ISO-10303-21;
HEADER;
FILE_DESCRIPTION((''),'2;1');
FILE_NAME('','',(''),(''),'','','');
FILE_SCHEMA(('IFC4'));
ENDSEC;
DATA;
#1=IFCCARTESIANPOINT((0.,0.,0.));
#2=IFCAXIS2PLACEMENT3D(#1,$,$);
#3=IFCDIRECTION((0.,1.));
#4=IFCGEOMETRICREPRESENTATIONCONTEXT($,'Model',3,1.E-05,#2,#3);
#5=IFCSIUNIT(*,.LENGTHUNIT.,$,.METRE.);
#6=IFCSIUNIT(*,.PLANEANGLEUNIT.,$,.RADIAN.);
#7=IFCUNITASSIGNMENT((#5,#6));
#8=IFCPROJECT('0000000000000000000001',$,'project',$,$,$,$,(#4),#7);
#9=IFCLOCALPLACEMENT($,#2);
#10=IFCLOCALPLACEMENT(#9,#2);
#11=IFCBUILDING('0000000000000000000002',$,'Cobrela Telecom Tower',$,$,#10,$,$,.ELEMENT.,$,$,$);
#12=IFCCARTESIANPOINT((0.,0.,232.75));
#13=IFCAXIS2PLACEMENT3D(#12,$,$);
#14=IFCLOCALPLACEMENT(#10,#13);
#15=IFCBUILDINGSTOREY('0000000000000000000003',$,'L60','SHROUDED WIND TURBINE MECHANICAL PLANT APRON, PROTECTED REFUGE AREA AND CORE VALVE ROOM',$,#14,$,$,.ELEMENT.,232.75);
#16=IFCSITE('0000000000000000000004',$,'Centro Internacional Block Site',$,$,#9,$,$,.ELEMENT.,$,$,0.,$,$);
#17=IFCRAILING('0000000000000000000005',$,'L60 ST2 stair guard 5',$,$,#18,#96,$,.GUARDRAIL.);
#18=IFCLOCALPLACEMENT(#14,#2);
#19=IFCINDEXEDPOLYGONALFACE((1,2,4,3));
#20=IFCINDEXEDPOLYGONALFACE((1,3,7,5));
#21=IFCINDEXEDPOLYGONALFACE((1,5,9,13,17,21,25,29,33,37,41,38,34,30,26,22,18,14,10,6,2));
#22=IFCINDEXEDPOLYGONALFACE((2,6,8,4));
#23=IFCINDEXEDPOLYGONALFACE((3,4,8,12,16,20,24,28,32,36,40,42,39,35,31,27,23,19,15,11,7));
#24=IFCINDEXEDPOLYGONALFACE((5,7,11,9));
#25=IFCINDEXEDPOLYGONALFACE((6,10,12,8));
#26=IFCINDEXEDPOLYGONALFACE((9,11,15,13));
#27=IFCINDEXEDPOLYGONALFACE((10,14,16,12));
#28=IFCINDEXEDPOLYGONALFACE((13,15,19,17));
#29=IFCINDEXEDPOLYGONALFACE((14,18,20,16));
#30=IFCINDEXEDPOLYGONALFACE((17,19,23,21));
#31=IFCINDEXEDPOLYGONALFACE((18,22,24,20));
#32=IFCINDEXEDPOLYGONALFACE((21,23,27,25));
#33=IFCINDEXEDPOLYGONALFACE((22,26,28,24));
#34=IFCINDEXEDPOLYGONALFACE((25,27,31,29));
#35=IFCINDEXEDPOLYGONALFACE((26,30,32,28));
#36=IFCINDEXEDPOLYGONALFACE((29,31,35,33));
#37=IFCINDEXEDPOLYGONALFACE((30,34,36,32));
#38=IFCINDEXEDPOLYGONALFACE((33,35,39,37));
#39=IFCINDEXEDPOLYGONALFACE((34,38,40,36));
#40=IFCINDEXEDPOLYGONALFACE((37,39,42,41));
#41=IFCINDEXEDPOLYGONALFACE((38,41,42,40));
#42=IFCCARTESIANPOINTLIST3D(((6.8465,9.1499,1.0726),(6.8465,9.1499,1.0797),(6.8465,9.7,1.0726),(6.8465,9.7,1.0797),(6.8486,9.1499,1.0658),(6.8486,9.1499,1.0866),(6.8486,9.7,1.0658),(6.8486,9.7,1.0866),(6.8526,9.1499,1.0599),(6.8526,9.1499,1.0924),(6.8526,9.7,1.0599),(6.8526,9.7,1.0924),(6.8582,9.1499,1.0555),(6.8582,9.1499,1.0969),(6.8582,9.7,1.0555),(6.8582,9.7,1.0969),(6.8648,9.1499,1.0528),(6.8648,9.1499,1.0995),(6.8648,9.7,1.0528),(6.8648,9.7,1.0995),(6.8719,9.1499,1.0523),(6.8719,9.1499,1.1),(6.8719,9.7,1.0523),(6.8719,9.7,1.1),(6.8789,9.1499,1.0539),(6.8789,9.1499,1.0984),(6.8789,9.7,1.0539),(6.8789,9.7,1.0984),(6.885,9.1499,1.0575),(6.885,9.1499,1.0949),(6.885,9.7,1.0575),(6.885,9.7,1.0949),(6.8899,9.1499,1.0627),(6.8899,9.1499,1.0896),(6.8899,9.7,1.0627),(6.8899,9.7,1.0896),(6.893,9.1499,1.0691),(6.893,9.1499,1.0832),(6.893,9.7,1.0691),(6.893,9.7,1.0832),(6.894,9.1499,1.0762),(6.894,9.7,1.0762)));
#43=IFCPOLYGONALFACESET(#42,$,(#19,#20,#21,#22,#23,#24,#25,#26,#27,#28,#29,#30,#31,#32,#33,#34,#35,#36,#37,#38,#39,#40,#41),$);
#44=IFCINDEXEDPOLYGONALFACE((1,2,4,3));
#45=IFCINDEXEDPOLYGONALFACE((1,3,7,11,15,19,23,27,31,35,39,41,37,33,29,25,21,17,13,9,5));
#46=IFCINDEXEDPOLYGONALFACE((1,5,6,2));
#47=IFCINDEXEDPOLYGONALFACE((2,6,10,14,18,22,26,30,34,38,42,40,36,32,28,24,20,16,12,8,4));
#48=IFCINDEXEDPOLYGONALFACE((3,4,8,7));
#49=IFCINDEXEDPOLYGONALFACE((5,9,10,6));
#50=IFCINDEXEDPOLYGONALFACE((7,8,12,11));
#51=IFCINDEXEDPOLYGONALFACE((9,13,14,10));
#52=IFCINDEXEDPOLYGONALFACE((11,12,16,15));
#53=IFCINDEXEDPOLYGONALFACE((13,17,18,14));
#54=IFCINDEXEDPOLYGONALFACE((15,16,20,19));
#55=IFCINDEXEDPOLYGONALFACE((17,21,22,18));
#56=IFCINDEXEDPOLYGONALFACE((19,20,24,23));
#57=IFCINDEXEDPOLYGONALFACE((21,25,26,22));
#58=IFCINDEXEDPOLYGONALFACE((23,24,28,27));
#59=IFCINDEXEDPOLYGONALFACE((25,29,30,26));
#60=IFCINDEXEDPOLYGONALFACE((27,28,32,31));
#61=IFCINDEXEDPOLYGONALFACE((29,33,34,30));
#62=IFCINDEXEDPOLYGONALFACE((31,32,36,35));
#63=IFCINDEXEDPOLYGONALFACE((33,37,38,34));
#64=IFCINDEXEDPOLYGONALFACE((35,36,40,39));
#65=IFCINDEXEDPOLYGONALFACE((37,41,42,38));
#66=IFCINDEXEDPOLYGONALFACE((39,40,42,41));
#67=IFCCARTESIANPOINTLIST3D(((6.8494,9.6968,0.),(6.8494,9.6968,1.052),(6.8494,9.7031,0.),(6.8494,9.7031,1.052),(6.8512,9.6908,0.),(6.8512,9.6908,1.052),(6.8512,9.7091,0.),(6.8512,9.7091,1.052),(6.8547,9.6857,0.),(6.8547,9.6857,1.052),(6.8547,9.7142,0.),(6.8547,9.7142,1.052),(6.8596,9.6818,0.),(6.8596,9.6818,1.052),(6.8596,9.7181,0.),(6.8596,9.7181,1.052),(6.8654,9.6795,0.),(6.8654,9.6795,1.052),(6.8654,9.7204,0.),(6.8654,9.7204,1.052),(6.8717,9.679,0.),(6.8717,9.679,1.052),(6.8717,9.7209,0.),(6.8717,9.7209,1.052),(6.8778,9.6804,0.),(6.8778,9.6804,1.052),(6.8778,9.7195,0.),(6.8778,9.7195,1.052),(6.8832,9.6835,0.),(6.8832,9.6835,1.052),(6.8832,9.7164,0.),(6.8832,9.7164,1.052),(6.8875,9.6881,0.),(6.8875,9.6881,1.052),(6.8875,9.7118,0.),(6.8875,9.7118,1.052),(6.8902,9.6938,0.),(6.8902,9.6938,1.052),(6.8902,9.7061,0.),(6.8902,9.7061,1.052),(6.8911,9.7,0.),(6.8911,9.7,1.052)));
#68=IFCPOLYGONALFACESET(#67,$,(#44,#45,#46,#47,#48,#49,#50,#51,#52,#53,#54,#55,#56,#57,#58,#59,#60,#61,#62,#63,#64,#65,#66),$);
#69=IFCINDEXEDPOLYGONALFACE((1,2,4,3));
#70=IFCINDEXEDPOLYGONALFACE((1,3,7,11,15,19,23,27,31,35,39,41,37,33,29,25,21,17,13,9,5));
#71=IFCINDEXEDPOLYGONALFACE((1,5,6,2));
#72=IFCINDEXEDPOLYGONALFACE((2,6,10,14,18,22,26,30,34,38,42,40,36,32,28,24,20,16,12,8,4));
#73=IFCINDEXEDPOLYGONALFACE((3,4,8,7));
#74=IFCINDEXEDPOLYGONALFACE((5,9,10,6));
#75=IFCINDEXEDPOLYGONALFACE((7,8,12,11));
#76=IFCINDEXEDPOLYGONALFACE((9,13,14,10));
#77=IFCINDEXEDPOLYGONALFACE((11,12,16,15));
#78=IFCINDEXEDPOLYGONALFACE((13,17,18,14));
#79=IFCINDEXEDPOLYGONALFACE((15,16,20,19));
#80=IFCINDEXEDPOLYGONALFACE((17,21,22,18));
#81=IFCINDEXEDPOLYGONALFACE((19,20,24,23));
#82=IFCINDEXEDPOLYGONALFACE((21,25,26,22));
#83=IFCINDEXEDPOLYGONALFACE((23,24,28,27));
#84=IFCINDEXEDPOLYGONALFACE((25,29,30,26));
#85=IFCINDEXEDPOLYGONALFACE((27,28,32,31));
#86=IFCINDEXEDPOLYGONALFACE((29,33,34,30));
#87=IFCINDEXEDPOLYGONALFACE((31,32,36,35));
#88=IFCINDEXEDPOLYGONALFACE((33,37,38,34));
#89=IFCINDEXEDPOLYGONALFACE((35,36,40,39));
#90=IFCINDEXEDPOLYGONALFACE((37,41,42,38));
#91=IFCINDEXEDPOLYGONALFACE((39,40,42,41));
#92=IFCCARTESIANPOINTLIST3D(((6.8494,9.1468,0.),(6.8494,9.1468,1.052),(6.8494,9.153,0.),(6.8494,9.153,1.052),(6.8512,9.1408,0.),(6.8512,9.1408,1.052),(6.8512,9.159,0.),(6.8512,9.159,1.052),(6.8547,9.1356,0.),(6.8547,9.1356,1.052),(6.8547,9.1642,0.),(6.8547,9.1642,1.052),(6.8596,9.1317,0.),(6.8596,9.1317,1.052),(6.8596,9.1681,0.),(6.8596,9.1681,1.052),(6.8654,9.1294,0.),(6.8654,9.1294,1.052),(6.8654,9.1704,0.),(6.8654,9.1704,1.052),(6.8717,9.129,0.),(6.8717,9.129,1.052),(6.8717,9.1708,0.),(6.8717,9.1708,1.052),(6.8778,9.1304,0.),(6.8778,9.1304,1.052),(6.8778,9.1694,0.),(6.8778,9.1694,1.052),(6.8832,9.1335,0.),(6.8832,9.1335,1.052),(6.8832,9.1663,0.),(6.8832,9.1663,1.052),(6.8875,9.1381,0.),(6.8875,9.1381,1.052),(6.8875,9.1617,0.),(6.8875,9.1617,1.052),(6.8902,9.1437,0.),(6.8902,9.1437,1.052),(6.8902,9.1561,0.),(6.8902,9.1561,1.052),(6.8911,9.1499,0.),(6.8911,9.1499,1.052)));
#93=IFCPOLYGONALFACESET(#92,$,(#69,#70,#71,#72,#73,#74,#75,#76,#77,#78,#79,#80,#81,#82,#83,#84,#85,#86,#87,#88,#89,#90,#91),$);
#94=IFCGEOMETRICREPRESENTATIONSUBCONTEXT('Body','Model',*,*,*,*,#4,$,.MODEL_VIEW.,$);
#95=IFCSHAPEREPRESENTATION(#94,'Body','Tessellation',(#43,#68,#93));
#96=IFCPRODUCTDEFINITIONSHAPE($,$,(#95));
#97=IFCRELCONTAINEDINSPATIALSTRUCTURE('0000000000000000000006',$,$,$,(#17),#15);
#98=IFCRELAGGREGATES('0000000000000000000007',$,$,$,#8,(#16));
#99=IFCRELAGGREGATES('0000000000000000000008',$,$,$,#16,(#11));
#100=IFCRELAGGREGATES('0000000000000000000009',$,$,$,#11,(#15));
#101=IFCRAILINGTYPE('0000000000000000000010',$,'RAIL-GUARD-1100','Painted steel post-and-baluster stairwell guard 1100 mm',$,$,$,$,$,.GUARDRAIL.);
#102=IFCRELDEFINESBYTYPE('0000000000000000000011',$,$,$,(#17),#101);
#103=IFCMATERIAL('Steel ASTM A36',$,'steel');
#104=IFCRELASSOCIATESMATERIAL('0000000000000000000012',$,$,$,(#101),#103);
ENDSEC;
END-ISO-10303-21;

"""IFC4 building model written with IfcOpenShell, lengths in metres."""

from ifc_helpers import new_model, si_unit, direction, frame, origin, origin_2d, place, context, subcontext, project, spatial, circle, extrude, material, type_object, element, save


model = new_model("IFC4")

# Units and contexts
model_context = context("Model", 3, precision=1e-05, world=origin(), true_north=direction((0.0, 1.0)))
body_context = subcontext(model_context, "Body", "Model", "MODEL_VIEW")
ifc_project = project(units=[si_unit("LENGTHUNIT", "METRE"), si_unit("PLANEANGLEUNIT", "RADIAN")], contexts=[model_context])

# Site, building, storey
site_placement = place(None, origin())
site = spatial("IfcSite", under=ifc_project, at=site_placement, Name="Centro Internacional Block Site", CompositionType="ELEMENT", RefElevation=0.0)
building_placement = place(site_placement, origin())
building = spatial("IfcBuilding", under=site, at=building_placement, Name="Cobrela Telecom Tower", CompositionType="ELEMENT")
storey_placement = place(building_placement, frame((0.0, 0.0, 232.75)))
storey = spatial("IfcBuildingStorey", under=building, at=storey_placement, Name="L60", Description="SHROUDED WIND TURBINE MECHANICAL PLANT APRON, PROTECTED REFUGE AREA AND CORE VALVE ROOM", CompositionType="ELEMENT", Elevation=232.75)

# Railing
ifc_material_1 = material(Name="Steel ASTM A36", Category="steel")
railing_type_1 = type_object("IfcRailingType", Name="RAIL-GUARD-1100", Description="Painted steel post-and-baluster stairwell guard 1100 mm", PredefinedType="GUARDRAIL", material=ifc_material_1)
railing_1_placement = place(storey_placement, frame((6.8701, 9.7, 0.0)))
element("IfcRailing", 1, at=railing_1_placement, inside=storey, type_object=railing_type_1, Name="L60 ST2 stair guard 5", PredefinedType="GUARDRAIL", context=body_context, shape_type="SweptSolid", body=[
    extrude(circle(Radius=0.0239, at=origin_2d()), frame((0.0, 0.0, 1.0762), z_axis=(0.0, -1.0, 0.0), x_axis=(1.0, 0.0, 0.0)), (0.0, 0.0, 1.0), 0.55),
    extrude(circle(Radius=0.021, at=origin_2d()), origin(), (0.0, 0.0, 1.0), 1.052),
    extrude(circle(Radius=0.021, at=origin_2d()), frame((0.0, -0.55, 0.0)), (0.0, 0.0, 1.0), 1.052),
])

save(model, "model.ifc")
